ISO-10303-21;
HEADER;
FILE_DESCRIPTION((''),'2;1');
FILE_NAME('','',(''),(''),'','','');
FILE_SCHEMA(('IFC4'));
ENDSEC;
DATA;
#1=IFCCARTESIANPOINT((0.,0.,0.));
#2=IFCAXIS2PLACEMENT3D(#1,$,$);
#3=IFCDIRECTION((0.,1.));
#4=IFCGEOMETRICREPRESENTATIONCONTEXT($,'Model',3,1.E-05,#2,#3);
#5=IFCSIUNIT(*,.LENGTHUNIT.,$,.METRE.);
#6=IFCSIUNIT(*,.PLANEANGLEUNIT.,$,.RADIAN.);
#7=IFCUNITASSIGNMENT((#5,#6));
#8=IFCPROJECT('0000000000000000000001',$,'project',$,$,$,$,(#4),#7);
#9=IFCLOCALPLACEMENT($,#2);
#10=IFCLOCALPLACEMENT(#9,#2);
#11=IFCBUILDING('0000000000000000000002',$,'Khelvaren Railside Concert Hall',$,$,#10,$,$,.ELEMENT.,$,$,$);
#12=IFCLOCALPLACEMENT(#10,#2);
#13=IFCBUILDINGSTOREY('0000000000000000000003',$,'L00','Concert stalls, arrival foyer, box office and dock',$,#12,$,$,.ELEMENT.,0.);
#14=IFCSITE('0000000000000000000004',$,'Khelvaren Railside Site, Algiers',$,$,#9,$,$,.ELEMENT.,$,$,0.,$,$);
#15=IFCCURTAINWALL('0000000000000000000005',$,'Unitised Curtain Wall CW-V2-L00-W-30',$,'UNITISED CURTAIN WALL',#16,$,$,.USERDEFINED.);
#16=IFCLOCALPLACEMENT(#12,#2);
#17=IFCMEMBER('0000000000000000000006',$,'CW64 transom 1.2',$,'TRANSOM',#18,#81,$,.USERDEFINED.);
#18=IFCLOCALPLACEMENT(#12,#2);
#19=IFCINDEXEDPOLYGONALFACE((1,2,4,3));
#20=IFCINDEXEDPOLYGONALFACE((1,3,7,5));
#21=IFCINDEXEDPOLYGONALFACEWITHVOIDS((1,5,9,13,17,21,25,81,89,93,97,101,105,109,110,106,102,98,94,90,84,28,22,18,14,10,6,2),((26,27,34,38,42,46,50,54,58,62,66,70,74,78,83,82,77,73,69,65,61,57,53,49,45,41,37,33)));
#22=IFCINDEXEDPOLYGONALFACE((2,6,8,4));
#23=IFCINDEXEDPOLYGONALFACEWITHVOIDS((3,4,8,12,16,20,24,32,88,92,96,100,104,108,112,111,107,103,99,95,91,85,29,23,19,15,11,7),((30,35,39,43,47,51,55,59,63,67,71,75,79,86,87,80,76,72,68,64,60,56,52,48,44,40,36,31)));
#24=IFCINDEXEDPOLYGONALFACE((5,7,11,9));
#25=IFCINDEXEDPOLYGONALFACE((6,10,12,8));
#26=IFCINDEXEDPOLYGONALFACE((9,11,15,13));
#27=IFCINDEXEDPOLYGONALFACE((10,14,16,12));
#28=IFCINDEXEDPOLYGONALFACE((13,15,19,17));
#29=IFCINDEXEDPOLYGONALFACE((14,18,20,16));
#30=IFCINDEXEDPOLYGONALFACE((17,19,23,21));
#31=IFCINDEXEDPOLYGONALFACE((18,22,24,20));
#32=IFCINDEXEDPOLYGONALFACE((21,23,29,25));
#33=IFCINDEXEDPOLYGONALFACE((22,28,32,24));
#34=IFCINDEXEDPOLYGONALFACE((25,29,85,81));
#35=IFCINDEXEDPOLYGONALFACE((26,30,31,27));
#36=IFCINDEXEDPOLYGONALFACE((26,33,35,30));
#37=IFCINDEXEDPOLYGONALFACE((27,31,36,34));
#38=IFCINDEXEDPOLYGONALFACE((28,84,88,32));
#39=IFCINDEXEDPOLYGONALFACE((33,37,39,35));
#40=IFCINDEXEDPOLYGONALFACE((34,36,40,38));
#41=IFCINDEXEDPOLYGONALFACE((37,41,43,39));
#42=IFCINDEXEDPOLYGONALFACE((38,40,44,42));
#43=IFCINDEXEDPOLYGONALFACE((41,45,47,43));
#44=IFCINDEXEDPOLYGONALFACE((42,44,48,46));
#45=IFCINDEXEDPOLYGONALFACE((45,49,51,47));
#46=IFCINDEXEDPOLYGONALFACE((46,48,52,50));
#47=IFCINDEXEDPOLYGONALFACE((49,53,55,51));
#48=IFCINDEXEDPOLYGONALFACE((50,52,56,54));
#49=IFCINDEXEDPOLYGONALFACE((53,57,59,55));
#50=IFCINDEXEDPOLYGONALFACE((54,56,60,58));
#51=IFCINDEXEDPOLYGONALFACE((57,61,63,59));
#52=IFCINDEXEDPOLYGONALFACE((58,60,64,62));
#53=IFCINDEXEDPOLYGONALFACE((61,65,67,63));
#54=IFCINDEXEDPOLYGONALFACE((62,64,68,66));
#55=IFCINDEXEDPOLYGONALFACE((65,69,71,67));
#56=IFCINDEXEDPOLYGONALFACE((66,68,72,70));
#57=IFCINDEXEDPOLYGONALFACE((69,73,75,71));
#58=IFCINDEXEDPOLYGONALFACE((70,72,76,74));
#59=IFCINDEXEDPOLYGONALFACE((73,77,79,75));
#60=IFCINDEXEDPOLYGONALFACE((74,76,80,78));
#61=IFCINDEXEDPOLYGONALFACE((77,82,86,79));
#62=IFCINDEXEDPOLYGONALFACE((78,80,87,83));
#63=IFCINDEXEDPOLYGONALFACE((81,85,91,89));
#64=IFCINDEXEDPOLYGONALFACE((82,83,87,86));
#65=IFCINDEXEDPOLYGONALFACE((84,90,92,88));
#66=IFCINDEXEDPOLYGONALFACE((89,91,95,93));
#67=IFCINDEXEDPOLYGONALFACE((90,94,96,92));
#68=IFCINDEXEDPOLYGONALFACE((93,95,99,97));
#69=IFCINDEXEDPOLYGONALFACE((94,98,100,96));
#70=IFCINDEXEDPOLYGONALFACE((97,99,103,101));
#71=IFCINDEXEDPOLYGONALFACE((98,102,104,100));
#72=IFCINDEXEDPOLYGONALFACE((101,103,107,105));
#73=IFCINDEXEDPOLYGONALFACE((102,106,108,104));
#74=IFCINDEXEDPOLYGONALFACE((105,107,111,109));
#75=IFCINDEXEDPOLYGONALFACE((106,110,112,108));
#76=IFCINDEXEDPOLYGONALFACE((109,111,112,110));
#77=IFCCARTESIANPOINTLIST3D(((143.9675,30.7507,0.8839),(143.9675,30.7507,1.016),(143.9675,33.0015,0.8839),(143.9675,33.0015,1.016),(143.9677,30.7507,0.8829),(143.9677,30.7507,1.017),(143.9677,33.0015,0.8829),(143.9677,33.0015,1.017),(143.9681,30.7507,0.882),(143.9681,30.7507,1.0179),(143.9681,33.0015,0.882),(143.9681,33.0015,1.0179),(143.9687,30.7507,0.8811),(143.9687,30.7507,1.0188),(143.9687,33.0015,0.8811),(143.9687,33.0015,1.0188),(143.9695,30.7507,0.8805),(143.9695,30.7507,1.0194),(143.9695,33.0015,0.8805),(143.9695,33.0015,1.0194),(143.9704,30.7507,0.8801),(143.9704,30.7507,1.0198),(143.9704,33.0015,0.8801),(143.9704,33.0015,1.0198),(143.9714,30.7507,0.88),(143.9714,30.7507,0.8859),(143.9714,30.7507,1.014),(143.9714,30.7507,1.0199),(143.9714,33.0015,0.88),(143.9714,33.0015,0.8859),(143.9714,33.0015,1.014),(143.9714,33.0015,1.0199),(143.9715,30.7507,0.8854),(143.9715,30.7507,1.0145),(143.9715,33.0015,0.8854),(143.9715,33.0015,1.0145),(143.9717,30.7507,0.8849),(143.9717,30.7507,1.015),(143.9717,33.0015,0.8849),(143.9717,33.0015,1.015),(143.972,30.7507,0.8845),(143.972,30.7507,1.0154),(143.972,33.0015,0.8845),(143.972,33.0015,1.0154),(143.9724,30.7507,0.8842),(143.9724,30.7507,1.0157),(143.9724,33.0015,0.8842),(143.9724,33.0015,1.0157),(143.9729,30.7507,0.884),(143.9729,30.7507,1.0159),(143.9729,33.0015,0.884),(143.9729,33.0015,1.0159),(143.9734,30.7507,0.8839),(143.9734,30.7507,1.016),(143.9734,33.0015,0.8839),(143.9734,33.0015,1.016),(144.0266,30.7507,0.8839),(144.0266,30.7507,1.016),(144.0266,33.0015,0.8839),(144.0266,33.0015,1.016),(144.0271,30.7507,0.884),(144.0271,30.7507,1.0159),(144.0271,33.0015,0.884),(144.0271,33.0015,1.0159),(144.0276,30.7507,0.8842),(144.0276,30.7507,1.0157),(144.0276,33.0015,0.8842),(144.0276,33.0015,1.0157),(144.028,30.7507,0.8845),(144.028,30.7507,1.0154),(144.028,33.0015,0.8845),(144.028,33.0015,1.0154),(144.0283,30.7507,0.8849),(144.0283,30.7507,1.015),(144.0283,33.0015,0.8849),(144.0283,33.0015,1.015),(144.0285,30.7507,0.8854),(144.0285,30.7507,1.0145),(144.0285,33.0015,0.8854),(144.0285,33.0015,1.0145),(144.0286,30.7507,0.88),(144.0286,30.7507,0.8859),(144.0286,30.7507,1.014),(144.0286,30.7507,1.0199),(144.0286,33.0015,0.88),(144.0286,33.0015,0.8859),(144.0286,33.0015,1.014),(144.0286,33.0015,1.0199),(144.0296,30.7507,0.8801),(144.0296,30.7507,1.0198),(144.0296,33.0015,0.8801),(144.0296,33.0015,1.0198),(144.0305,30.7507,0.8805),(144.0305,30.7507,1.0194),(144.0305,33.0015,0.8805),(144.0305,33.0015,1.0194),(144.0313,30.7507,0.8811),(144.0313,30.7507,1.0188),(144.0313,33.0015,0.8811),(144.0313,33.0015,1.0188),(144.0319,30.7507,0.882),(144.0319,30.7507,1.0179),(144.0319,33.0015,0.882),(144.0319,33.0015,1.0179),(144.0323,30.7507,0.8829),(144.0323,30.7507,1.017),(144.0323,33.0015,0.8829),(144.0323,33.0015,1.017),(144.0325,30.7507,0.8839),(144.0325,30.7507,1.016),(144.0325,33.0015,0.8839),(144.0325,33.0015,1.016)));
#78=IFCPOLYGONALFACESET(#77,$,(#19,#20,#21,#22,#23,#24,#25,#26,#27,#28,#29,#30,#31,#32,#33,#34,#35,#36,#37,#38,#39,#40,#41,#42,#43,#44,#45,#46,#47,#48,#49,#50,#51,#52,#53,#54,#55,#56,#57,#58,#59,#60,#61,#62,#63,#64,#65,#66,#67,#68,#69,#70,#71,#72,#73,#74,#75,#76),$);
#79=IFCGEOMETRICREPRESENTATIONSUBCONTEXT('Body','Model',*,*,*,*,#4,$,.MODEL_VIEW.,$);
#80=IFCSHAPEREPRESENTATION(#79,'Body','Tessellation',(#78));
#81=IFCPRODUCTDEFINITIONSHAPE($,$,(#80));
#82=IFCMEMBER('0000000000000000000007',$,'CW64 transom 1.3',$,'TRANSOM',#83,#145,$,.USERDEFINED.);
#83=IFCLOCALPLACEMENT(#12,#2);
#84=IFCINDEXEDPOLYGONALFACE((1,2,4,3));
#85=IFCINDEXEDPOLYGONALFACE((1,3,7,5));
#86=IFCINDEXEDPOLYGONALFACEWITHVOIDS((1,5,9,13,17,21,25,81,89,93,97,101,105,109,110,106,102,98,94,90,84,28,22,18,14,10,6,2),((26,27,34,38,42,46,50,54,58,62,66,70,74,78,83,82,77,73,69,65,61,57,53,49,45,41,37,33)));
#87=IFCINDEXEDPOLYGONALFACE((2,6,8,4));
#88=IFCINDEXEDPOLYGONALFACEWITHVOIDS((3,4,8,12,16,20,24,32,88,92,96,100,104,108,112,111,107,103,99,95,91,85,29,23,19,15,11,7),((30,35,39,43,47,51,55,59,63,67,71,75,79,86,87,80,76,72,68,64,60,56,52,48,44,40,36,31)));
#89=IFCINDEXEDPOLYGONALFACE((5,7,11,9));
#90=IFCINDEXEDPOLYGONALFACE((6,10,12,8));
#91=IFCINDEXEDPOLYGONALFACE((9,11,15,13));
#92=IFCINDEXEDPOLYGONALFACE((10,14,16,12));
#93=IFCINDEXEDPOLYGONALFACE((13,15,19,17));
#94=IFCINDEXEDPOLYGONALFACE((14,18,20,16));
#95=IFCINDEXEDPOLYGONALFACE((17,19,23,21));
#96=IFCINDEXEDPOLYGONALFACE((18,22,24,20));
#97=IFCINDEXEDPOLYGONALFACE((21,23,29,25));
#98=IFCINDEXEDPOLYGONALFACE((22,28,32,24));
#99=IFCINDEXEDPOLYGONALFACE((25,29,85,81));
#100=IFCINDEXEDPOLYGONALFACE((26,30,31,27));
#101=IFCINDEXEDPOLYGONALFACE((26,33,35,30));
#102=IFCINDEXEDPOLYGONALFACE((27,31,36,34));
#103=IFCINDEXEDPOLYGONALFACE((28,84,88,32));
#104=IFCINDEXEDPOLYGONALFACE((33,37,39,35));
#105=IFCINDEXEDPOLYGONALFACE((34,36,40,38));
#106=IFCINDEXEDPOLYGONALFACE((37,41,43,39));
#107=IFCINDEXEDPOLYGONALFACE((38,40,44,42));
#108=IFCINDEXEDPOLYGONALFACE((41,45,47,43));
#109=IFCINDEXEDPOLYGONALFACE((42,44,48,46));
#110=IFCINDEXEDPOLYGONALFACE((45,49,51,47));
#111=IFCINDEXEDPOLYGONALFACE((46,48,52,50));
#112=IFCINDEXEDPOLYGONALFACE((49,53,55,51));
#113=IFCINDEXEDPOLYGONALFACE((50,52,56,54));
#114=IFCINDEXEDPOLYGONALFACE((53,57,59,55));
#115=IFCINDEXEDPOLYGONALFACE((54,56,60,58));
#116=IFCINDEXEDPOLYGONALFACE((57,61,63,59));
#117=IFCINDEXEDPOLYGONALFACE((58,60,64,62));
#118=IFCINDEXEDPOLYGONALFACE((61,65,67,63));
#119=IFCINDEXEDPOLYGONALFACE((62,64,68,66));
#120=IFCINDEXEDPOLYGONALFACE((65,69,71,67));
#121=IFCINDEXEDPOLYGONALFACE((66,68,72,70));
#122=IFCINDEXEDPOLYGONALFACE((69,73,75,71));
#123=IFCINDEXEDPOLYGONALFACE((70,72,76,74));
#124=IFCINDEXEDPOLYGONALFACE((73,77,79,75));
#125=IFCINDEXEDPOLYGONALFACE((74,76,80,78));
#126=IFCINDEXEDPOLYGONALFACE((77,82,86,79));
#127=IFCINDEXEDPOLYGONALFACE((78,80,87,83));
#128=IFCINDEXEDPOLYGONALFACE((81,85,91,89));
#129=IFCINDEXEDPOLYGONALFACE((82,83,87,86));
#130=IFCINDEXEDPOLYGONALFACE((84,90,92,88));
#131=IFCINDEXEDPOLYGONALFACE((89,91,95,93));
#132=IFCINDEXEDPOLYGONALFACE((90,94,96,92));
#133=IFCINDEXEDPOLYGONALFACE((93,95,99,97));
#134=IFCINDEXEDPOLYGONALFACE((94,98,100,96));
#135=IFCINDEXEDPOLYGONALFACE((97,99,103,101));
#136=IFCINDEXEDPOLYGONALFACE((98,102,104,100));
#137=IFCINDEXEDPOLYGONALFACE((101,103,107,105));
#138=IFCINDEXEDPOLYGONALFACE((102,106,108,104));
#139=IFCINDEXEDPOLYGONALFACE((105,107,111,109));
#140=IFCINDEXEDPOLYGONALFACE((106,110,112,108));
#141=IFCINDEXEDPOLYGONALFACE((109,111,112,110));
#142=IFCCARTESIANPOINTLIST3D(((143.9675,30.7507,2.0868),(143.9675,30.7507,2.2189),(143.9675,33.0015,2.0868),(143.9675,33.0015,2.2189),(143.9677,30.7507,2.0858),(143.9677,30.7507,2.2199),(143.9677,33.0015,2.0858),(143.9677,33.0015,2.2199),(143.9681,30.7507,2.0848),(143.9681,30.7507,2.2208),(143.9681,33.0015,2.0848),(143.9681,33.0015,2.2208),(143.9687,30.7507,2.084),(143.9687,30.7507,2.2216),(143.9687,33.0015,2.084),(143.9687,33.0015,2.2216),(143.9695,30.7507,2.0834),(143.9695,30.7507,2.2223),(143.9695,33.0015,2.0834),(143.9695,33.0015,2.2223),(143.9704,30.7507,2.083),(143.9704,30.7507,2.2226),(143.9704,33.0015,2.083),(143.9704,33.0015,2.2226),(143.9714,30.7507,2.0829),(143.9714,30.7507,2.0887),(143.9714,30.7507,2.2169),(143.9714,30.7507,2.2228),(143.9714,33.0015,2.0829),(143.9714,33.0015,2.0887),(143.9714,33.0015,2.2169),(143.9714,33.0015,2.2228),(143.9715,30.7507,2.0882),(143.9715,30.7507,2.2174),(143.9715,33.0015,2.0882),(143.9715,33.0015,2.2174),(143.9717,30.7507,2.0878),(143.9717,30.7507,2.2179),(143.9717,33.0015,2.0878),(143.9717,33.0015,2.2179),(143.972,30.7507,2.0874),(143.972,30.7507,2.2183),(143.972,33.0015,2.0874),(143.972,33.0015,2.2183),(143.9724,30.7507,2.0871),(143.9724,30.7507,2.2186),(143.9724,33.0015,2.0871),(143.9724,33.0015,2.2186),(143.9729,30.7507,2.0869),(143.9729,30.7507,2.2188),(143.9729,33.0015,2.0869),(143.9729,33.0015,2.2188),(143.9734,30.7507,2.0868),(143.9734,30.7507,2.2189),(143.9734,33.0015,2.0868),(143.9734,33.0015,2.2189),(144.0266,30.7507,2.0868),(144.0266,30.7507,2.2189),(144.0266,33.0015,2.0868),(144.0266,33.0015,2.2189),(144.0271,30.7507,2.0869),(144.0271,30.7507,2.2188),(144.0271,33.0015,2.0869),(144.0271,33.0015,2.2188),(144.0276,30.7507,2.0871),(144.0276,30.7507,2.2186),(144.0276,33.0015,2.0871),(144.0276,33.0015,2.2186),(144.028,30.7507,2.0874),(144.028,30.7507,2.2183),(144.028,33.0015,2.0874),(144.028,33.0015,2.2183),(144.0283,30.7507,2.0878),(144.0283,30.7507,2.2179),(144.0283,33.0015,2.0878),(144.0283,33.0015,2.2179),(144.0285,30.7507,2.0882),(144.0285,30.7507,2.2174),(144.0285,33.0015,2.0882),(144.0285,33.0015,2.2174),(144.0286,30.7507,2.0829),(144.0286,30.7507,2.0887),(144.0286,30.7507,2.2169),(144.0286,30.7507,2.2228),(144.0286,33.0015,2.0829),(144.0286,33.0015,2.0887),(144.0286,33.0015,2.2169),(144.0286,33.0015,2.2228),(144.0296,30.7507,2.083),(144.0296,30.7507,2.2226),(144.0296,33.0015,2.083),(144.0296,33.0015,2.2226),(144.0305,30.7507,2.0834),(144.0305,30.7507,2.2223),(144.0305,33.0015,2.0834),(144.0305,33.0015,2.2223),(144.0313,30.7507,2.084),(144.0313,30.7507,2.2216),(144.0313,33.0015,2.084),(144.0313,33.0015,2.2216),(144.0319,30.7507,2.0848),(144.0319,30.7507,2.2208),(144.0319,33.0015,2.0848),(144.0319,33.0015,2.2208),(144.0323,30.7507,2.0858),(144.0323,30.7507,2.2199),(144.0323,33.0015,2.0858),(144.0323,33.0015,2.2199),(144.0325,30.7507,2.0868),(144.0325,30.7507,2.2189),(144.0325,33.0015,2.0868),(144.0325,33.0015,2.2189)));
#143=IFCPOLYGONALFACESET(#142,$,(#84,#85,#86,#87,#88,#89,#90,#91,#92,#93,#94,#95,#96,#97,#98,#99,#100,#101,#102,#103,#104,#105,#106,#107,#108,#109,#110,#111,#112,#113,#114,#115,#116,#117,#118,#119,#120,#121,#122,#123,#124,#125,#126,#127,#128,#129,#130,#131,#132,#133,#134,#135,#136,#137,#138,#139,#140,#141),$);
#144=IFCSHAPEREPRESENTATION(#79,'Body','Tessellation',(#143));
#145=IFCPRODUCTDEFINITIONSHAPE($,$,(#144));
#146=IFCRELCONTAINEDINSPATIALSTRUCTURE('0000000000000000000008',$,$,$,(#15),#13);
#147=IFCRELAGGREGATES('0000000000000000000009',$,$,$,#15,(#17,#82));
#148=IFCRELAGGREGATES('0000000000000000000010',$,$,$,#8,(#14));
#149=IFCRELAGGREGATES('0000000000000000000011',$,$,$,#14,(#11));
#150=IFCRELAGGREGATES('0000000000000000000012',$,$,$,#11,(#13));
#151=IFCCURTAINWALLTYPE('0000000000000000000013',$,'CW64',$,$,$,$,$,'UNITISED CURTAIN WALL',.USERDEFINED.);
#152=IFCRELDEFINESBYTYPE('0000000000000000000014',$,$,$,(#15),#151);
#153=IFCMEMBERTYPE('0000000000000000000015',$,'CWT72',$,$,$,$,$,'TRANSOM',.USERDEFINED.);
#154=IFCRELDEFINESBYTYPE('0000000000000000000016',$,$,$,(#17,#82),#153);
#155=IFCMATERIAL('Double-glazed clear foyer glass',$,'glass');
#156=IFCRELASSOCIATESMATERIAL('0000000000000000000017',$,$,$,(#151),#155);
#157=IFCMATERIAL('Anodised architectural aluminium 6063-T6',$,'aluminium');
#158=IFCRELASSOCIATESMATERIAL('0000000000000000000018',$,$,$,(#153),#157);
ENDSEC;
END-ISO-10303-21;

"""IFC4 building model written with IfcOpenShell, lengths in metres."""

from ifc_helpers import new_model, si_unit, direction, frame, origin, origin_2d, place, context, subcontext, project, spatial, hollow_rectangle, extrude, material, material_profile, profile_set, type_object, element, aggregate, save


model = new_model("IFC4")

# Units and contexts
model_context = context("Model", 3, precision=1e-05, world=origin(), true_north=direction((0.0, 1.0)))
body_context = subcontext(model_context, "Body", "Model", "MODEL_VIEW")
ifc_project = project(units=[si_unit("LENGTHUNIT", "METRE"), si_unit("PLANEANGLEUNIT", "RADIAN")], contexts=[model_context])

# Site, building, storey
site_placement = place(None, origin())
site = spatial("IfcSite", under=ifc_project, at=site_placement, Name="Khelvaren Railside Site, Algiers", CompositionType="ELEMENT", RefElevation=0.0)
building_placement = place(site_placement, origin())
building = spatial("IfcBuilding", under=site, at=building_placement, Name="Khelvaren Railside Concert Hall", CompositionType="ELEMENT")
storey_placement = place(building_placement, origin())
storey = spatial("IfcBuildingStorey", under=building, at=storey_placement, Name="L00", Description="Concert stalls, arrival foyer, box office and dock", CompositionType="ELEMENT", Elevation=0.0)

# Curtain wall
ifc_material_1 = material(Name="Double-glazed clear foyer glass", Category="glass")
curtain_wall_type_1 = type_object("IfcCurtainWallType", Name="CW64", ElementType="UNITISED CURTAIN WALL", PredefinedType="USERDEFINED", material=ifc_material_1)
curtain_wall_1_placement = place(storey_placement, origin())
curtain_wall_1 = element("IfcCurtainWall", 1, at=curtain_wall_1_placement, inside=storey, type_object=curtain_wall_type_1, Name="Unitised Curtain Wall CW-V2-L00-W-30", ObjectType="UNITISED CURTAIN WALL", PredefinedType="USERDEFINED")
ifc_material_2 = material(Name="Anodised architectural aluminium 6063-T6", Category="aluminium")
ifc_material_profile_1 = material_profile(ifc_material_2, hollow_rectangle(XDim=0.0649, YDim=0.1399, WallThickness=0.0039, InnerFilletRadius=0.002, OuterFilletRadius=0.0039, at=origin_2d()), Name="CWT 65x140x4")
ifc_profile_set_1 = profile_set([ifc_material_profile_1], Name="Anodised architectural aluminium 6063-T6")
member_type_1 = type_object("IfcMemberType", Name="CWT72", ElementType="TRANSOM", PredefinedType="USERDEFINED", material=ifc_profile_set_1)

# Members
member_1_placement = place(storey_placement, frame((144.0, 30.7507, 0.95), z_axis=(0.0, 1.0, 0.0), x_axis=(-1.0, 0.0, 0.0)))
member_1 = element("IfcMember", 2, at=member_1_placement, type_object=member_type_1, Name="CW64 transom 1.2", ObjectType="TRANSOM", PredefinedType="USERDEFINED", context=body_context, shape_type="SweptSolid", body=[
    extrude(hollow_rectangle(XDim=0.0649, YDim=0.1399, WallThickness=0.0039, InnerFilletRadius=0.002, OuterFilletRadius=0.0039, at=origin_2d()), origin(), (0.0, 0.0, 1.0), 2.2507),
])
member_2_placement = place(storey_placement, frame((144.0, 30.7507, 2.1528), z_axis=(0.0, 1.0, 0.0), x_axis=(-1.0, 0.0, 0.0)))
member_2 = element("IfcMember", 3, at=member_2_placement, type_object=member_type_1, Name="CW64 transom 1.3", ObjectType="TRANSOM", PredefinedType="USERDEFINED", context=body_context, shape_type="SweptSolid", body=[
    extrude(hollow_rectangle(XDim=0.0649, YDim=0.1399, WallThickness=0.0039, InnerFilletRadius=0.002, OuterFilletRadius=0.0039, at=origin_2d()), origin(), (0.0, 0.0, 1.0), 2.2507),
])

aggregate(curtain_wall_1, [member_1, member_2])

save(model, "model.ifc")
